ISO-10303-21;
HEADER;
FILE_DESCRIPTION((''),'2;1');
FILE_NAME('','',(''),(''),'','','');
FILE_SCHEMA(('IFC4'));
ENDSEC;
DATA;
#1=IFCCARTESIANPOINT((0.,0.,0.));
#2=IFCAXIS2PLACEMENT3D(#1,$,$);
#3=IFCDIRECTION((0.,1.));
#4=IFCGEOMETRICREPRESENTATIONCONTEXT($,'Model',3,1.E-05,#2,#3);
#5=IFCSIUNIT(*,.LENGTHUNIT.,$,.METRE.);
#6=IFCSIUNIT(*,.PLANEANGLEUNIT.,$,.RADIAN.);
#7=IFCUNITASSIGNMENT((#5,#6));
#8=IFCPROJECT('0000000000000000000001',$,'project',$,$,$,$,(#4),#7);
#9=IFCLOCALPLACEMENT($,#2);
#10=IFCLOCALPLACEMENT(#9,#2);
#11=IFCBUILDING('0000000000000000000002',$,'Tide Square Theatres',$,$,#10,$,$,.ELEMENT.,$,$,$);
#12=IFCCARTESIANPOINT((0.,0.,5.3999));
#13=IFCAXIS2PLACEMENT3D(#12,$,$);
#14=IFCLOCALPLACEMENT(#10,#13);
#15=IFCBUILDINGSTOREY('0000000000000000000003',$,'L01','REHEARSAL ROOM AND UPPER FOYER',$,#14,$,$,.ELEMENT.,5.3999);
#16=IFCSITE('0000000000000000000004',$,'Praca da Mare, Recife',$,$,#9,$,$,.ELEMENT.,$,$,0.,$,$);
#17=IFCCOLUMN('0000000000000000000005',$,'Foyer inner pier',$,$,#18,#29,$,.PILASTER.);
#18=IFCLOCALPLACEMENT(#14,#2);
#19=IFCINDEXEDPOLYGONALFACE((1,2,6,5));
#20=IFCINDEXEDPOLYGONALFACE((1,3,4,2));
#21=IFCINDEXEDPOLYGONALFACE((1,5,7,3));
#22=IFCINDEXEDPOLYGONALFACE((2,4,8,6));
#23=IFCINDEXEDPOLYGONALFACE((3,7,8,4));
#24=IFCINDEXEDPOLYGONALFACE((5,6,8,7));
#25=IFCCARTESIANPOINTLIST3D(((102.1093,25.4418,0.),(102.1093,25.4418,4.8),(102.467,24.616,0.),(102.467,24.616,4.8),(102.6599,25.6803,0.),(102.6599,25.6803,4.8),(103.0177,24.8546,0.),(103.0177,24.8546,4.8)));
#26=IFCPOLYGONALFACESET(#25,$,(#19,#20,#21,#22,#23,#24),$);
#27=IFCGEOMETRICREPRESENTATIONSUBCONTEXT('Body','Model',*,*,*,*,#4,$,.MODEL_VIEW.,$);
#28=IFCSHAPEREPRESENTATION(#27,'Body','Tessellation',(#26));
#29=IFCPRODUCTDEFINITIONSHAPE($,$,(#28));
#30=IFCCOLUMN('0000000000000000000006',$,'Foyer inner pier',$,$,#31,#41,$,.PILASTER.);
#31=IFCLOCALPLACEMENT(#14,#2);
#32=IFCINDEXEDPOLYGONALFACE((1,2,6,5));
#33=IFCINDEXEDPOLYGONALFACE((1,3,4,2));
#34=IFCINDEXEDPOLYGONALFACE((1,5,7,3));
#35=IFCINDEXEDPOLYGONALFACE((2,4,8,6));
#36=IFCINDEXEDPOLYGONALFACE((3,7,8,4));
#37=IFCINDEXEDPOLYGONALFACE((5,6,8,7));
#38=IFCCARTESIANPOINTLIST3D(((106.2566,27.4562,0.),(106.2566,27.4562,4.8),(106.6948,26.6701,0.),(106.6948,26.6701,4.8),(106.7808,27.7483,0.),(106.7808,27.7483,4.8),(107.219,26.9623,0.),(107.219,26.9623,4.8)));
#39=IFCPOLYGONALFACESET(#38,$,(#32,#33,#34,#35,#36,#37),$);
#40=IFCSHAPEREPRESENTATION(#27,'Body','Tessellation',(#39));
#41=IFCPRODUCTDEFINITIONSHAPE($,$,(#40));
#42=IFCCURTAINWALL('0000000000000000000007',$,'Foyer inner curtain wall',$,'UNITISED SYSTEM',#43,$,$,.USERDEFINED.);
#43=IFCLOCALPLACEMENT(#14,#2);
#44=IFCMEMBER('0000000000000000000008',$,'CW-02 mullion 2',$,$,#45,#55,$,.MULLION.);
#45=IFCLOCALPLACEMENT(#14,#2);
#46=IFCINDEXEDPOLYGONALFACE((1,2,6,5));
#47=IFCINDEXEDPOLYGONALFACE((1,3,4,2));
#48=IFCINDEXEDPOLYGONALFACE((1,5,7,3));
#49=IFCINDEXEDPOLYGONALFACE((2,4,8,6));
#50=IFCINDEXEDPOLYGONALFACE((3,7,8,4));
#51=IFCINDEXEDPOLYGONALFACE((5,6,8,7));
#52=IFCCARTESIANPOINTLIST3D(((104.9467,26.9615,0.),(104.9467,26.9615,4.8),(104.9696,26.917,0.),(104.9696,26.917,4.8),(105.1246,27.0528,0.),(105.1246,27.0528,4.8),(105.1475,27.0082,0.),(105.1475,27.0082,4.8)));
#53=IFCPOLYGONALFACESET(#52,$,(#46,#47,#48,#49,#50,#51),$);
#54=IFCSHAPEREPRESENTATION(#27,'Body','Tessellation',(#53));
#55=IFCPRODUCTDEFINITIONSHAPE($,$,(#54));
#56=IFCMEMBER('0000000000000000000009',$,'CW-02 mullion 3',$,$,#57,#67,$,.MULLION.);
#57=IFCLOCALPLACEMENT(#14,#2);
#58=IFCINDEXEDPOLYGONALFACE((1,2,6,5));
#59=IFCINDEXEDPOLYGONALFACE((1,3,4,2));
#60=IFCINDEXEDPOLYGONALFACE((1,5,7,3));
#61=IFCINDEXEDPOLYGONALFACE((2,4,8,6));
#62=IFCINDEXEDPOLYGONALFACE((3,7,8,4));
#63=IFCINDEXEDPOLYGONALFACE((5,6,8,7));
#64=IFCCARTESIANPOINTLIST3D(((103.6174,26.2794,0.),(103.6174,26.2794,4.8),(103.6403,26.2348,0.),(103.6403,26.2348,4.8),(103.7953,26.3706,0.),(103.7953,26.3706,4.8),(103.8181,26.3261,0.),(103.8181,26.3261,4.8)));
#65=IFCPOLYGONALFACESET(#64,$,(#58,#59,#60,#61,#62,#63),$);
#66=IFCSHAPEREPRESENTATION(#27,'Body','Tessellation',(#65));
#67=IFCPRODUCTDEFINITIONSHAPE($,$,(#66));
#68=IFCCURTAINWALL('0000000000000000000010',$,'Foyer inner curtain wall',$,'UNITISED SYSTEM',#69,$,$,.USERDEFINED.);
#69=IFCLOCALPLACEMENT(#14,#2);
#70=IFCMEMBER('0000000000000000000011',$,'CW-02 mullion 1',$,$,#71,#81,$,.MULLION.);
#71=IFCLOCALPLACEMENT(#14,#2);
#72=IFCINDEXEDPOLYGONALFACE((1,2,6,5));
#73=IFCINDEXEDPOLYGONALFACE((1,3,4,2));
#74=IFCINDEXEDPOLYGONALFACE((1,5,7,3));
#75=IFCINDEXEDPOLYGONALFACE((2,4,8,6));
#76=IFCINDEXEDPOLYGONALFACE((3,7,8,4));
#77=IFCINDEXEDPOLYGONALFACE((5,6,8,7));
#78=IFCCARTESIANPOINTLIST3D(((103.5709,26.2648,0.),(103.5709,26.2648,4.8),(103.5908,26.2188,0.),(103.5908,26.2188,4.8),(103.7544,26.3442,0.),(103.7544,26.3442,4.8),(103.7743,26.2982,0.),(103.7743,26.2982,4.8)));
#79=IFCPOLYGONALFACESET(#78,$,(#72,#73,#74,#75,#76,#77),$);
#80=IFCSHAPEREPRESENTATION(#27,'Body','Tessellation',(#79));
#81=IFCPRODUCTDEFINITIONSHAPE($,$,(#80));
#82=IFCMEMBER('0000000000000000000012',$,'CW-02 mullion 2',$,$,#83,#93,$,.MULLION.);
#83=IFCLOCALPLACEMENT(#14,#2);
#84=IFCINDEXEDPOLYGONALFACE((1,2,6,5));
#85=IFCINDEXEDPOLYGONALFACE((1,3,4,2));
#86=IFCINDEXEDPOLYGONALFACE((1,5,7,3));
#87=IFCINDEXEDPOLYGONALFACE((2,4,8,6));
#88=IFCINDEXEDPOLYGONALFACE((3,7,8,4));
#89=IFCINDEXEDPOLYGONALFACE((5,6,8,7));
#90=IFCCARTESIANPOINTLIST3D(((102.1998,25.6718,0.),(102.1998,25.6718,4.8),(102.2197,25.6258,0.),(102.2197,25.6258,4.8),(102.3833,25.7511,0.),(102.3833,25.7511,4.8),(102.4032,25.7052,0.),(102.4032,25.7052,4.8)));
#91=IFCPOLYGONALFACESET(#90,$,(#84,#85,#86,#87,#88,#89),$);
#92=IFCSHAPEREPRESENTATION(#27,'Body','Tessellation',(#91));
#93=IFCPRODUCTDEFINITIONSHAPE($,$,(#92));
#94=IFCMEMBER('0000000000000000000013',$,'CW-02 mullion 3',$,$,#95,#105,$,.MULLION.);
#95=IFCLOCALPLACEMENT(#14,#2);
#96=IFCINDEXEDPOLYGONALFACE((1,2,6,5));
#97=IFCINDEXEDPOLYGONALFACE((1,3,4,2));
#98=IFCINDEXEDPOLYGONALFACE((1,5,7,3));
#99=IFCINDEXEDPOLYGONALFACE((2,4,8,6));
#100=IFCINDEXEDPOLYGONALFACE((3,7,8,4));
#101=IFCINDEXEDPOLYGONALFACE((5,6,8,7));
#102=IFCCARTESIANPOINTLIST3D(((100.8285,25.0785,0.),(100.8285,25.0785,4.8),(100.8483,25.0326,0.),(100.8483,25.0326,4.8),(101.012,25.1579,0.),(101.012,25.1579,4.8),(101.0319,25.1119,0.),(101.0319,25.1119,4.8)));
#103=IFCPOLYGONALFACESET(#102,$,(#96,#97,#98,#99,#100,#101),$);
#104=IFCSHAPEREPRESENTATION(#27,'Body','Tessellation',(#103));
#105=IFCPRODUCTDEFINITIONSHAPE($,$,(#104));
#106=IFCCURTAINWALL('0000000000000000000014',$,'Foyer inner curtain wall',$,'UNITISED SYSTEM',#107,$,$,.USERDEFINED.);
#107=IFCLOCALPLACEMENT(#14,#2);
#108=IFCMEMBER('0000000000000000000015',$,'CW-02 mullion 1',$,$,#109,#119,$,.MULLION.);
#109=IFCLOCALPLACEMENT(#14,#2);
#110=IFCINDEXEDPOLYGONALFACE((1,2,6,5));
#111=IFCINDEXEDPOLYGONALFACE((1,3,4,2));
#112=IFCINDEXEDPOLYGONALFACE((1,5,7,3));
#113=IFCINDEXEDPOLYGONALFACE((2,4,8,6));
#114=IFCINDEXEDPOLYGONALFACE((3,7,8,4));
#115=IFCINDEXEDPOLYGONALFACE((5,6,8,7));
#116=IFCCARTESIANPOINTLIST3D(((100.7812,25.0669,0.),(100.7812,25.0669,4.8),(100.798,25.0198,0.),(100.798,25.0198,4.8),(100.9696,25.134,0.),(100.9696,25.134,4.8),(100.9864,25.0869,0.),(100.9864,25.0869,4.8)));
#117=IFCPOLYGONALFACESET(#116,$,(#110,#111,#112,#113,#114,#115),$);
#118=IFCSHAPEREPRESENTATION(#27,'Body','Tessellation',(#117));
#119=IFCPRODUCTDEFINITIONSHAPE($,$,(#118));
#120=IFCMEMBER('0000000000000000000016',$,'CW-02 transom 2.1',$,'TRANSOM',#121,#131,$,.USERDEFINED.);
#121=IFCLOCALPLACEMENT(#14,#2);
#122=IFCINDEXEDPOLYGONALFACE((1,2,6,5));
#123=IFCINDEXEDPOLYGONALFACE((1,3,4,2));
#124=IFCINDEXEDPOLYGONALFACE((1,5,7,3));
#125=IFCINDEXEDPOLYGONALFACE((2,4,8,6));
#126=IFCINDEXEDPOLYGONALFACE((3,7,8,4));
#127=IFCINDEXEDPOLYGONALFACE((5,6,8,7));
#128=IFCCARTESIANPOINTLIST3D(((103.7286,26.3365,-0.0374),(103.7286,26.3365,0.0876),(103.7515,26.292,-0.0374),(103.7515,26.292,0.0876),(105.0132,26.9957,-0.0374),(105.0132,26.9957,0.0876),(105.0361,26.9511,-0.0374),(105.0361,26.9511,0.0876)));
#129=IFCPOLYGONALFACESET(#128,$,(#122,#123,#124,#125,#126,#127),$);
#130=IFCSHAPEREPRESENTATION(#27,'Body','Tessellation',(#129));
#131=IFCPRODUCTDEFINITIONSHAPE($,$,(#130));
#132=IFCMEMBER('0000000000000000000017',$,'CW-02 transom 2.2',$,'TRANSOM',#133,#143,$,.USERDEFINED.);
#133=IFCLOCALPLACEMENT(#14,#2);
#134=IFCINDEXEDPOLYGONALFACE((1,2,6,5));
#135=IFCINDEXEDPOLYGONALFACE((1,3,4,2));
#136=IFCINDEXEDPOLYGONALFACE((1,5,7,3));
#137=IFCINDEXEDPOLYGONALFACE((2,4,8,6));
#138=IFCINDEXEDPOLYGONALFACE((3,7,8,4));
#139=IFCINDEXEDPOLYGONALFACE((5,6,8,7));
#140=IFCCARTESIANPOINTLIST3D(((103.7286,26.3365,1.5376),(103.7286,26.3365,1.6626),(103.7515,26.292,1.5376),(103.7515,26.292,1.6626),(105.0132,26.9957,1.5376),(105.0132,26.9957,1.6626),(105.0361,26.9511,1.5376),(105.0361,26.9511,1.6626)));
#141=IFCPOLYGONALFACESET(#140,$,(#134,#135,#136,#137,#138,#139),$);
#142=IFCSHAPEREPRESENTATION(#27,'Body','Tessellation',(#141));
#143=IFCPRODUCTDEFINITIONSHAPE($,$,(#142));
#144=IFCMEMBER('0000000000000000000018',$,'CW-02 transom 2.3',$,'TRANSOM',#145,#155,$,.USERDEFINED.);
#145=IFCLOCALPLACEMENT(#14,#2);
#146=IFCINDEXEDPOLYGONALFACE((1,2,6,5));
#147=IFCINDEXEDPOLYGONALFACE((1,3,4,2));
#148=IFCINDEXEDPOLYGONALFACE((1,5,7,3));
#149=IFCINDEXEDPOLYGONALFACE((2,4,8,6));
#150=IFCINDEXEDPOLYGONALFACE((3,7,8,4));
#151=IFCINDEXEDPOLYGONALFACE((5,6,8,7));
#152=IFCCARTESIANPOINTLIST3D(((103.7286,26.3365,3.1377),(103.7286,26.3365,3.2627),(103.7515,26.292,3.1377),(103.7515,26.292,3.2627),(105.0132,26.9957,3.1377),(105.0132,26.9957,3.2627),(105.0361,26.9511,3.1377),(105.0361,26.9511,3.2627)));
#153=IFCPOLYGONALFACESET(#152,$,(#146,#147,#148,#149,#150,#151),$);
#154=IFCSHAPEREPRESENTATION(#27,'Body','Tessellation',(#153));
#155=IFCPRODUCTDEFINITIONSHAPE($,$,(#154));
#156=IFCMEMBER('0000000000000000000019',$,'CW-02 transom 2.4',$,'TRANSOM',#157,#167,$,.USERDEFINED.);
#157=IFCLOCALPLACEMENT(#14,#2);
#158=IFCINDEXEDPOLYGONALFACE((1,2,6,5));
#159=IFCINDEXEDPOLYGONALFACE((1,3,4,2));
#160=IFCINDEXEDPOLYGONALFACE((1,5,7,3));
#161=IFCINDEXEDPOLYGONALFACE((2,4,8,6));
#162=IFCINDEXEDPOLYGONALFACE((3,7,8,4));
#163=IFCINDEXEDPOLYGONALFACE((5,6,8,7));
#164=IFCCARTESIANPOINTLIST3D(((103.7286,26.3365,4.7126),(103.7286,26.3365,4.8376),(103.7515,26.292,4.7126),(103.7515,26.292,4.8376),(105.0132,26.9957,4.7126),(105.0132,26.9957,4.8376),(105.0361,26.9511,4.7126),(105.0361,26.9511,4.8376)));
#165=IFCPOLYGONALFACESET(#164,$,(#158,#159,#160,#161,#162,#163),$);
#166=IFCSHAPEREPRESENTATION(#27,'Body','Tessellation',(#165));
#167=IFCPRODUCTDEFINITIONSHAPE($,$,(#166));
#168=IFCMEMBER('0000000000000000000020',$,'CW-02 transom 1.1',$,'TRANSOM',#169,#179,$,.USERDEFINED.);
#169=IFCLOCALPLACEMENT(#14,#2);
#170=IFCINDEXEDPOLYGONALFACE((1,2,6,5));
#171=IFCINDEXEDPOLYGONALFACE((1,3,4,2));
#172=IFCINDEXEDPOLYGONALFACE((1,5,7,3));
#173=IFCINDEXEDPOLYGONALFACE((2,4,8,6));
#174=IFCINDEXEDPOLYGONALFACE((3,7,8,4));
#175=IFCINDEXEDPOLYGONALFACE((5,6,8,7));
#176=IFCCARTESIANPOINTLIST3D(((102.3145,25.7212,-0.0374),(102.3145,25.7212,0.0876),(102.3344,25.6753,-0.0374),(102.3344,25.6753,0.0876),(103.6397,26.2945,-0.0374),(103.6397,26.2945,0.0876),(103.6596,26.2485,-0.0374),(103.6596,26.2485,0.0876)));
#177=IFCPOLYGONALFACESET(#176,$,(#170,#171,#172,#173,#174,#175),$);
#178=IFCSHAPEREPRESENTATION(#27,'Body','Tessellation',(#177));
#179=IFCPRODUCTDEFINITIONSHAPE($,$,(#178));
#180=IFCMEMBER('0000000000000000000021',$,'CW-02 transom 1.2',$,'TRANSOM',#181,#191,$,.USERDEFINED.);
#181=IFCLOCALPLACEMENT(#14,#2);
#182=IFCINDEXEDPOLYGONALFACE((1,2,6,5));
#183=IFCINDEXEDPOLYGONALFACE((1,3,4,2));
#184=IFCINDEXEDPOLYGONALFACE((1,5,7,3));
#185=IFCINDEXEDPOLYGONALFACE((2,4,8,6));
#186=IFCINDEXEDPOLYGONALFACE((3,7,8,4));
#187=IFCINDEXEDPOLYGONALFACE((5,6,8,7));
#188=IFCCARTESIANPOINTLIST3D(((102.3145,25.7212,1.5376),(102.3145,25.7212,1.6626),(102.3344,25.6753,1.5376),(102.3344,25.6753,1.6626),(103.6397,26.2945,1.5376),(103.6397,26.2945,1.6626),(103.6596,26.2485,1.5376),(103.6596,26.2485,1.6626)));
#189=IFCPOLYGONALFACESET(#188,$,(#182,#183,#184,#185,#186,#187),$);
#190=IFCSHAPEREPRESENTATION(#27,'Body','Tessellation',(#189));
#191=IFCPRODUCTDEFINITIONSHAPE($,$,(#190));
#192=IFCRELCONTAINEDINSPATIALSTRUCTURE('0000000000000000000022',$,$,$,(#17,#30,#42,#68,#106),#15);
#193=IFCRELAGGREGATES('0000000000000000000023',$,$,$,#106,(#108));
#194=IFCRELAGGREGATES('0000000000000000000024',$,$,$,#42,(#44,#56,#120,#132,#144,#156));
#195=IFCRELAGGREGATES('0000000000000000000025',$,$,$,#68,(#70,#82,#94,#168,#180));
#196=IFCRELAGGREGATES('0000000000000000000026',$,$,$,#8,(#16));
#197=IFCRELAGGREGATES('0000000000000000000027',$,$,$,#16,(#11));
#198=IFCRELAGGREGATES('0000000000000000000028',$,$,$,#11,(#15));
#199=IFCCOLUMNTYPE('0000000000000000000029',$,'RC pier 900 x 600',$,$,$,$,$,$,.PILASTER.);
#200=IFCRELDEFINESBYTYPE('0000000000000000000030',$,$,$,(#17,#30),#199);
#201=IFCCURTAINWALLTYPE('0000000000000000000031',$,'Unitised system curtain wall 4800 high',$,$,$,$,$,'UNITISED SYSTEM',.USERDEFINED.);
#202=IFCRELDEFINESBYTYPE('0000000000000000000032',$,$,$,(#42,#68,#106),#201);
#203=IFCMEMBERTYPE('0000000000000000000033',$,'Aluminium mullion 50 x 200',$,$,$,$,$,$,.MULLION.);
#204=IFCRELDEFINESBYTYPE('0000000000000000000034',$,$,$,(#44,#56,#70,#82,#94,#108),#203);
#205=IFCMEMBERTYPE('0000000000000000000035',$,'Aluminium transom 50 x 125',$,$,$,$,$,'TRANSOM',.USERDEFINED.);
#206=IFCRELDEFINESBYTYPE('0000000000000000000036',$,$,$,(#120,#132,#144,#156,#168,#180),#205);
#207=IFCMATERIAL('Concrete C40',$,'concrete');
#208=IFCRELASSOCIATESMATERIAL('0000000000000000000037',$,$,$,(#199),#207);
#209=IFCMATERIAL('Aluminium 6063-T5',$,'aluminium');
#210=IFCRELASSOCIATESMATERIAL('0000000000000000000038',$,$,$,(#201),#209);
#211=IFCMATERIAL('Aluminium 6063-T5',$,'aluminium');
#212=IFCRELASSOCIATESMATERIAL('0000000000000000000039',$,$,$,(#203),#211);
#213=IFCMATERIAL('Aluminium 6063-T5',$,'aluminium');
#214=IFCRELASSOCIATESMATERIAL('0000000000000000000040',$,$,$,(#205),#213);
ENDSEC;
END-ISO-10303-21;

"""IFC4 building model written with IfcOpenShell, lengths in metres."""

from ifc_helpers import new_model, si_unit, direction, frame, origin, origin_2d, place, context, subcontext, project, spatial, rectangle, extrude, material, material_profile, profile_set, type_object, element, aggregate, save


model = new_model("IFC4")

# Units and contexts
model_context = context("Model", 3, precision=1e-05, world=origin(), true_north=direction((0.0, 1.0)))
body_context = subcontext(model_context, "Body", "Model", "MODEL_VIEW")
ifc_project = project(units=[si_unit("LENGTHUNIT", "METRE"), si_unit("PLANEANGLEUNIT", "RADIAN")], contexts=[model_context])

# Site, building, storey
site_placement = place(None, origin())
site = spatial("IfcSite", under=ifc_project, at=site_placement, Name="Praca da Mare, Recife", CompositionType="ELEMENT", RefElevation=0.0)
building_placement = place(site_placement, origin())
building = spatial("IfcBuilding", under=site, at=building_placement, Name="Tide Square Theatres", CompositionType="ELEMENT")
storey_placement = place(building_placement, frame((0.0, 0.0, 5.3999)))
storey = spatial("IfcBuildingStorey", under=building, at=storey_placement, Name="L01", Description="REHEARSAL ROOM AND UPPER FOYER", CompositionType="ELEMENT", Elevation=5.3999)

# Columns
ifc_material_1 = material(Name="Concrete C40", Category="concrete")
ifc_material_profile_1 = material_profile(ifc_material_1, rectangle(XDim=0.8999, YDim=0.6001, at=origin_2d()))
ifc_profile_set_1 = profile_set([ifc_material_profile_1], Name="Concrete C40")
column_type = type_object("IfcColumnType", Name="RC pier 900 x 600", PredefinedType="PILASTER", material=ifc_profile_set_1)
for number, where, z_axis, x_axis, name in (
    (1, (102.5635, 25.1482, 0.0), (0.0, 0.0, 1.0), (0.397505, -0.9176, 0.0), "Foyer inner pier"),
    (2, (106.7378, 27.2092, 0.0), (0.0, 0.0, 1.0), (0.486889, -0.873464, 0.0), "Foyer inner pier"),
):
    element("IfcColumn", number, at=place(storey_placement, frame(where, z_axis=z_axis, x_axis=x_axis)), inside=storey, type_object=column_type, Name=name, PredefinedType="PILASTER", context=body_context, shape_type="SweptSolid", body=[
        extrude(rectangle(XDim=0.8999, YDim=0.6001, at=origin_2d()), origin(), (0.0, 0.0, 1.0), 4.8),
    ])

# Curtain walls, members
ifc_material_2 = material(Name="Aluminium 6063-T5", Category="aluminium")
curtain_wall_type = type_object("IfcCurtainWallType", Name="Unitised system curtain wall 4800 high", ElementType="UNITISED SYSTEM", PredefinedType="USERDEFINED", material=ifc_material_2)
curtain_wall_1_placement = place(storey_placement, origin())
curtain_wall_1 = element("IfcCurtainWall", 3, at=curtain_wall_1_placement, inside=storey, type_object=curtain_wall_type, Name="Foyer inner curtain wall", ObjectType="UNITISED SYSTEM", PredefinedType="USERDEFINED")
ifc_material_3 = material(Name="Aluminium 6063-T5", Category="aluminium")
ifc_material_profile_2 = material_profile(ifc_material_3, rectangle(XDim=0.05, YDim=0.2, at=origin_2d()))
ifc_profile_set_2 = profile_set([ifc_material_profile_2], Name="Aluminium 6063-T5")
member_type_1 = type_object("IfcMemberType", Name="Aluminium mullion 50 x 200", PredefinedType="MULLION", material=ifc_profile_set_2)
member_1_placement = place(storey_placement, frame((105.0471, 26.9849, 0.0), z_axis=(0.0, 0.0, 1.0), x_axis=(0.456564, -0.889691, 0.0)))
member_1 = element("IfcMember", 4, at=member_1_placement, type_object=member_type_1, Name="CW-02 mullion 2", PredefinedType="MULLION", context=body_context, shape_type="SweptSolid", body=[
    extrude(rectangle(XDim=0.05, YDim=0.2, at=origin_2d()), origin(), (0.0, 0.0, 1.0), 4.8),
])
member_2_placement = place(storey_placement, frame((103.7178, 26.3027, 0.0), z_axis=(0.0, 0.0, 1.0), x_axis=(0.456564, -0.889691, 0.0)))
member_2 = element("IfcMember", 5, at=member_2_placement, type_object=member_type_1, Name="CW-02 mullion 3", PredefinedType="MULLION", context=body_context, shape_type="SweptSolid", body=[
    extrude(rectangle(XDim=0.05, YDim=0.2, at=origin_2d()), origin(), (0.0, 0.0, 1.0), 4.8),
])
curtain_wall_2_placement = place(storey_placement, origin())
curtain_wall_2 = element("IfcCurtainWall", 6, at=curtain_wall_2_placement, inside=storey, type_object=curtain_wall_type, Name="Foyer inner curtain wall", ObjectType="UNITISED SYSTEM", PredefinedType="USERDEFINED")
member_3_placement = place(storey_placement, frame((103.6726, 26.2815, 0.0), z_axis=(0.0, 0.0, 1.0), x_axis=(0.39698, -0.917827, 0.0)))
member_3 = element("IfcMember", 7, at=member_3_placement, type_object=member_type_1, Name="CW-02 mullion 1", PredefinedType="MULLION", context=body_context, shape_type="SweptSolid", body=[
    extrude(rectangle(XDim=0.05, YDim=0.2, at=origin_2d()), origin(), (0.0, 0.0, 1.0), 4.8),
])
member_4_placement = place(storey_placement, frame((102.3015, 25.6885, 0.0), z_axis=(0.0, 0.0, 1.0), x_axis=(0.39698, -0.917827, 0.0)))
member_4 = element("IfcMember", 8, at=member_4_placement, type_object=member_type_1, Name="CW-02 mullion 2", PredefinedType="MULLION", context=body_context, shape_type="SweptSolid", body=[
    extrude(rectangle(XDim=0.05, YDim=0.2, at=origin_2d()), origin(), (0.0, 0.0, 1.0), 4.8),
])
member_5_placement = place(storey_placement, frame((100.9302, 25.0952, 0.0), z_axis=(0.0, 0.0, 1.0), x_axis=(0.39698, -0.917827, 0.0)))
member_5 = element("IfcMember", 9, at=member_5_placement, type_object=member_type_1, Name="CW-02 mullion 3", PredefinedType="MULLION", context=body_context, shape_type="SweptSolid", body=[
    extrude(rectangle(XDim=0.05, YDim=0.2, at=origin_2d()), origin(), (0.0, 0.0, 1.0), 4.8),
])

# Curtain wall, member
curtain_wall_3_placement = place(storey_placement, origin())
curtain_wall_3 = element("IfcCurtainWall", 10, at=curtain_wall_3_placement, inside=storey, type_object=curtain_wall_type, Name="Foyer inner curtain wall", ObjectType="UNITISED SYSTEM", PredefinedType="USERDEFINED")
member_6_placement = place(storey_placement, frame((100.8838, 25.0769, 0.0), z_axis=(0.0, 0.0, 1.0), x_axis=(0.335723, -0.941961, 0.0)))
member_6 = element("IfcMember", 11, at=member_6_placement, type_object=member_type_1, Name="CW-02 mullion 1", PredefinedType="MULLION", context=body_context, shape_type="SweptSolid", body=[
    extrude(rectangle(XDim=0.05, YDim=0.2, at=origin_2d()), origin(), (0.0, 0.0, 1.0), 4.8),
])

# Members
ifc_material_4 = material(Name="Aluminium 6063-T5", Category="aluminium")
ifc_material_profile_3 = material_profile(ifc_material_4, rectangle(XDim=0.05, YDim=0.125, at=origin_2d()))
ifc_profile_set_3 = profile_set([ifc_material_profile_3], Name="Aluminium 6063-T5")
member_type_2 = type_object("IfcMemberType", Name="Aluminium transom 50 x 125", ElementType="TRANSOM", PredefinedType="USERDEFINED", material=ifc_profile_set_3)
member_7_placement = place(storey_placement, frame((105.0247, 26.9734, 0.0251), z_axis=(-0.889712, -0.456523, 0.0), x_axis=(0.456523, -0.889712, 0.0)))
member_7 = element("IfcMember", 12, at=member_7_placement, type_object=member_type_2, Name="CW-02 transom 2.1", ObjectType="TRANSOM", PredefinedType="USERDEFINED", context=body_context, shape_type="SweptSolid", body=[
    extrude(rectangle(XDim=0.05, YDim=0.125, at=origin_2d()), origin(), (0.0, 0.0, 1.0), 1.4438),
])
member_8_placement = place(storey_placement, frame((105.0247, 26.9734, 1.6001), z_axis=(-0.889712, -0.456523, 0.0), x_axis=(0.456523, -0.889712, 0.0)))
member_8 = element("IfcMember", 13, at=member_8_placement, type_object=member_type_2, Name="CW-02 transom 2.2", ObjectType="TRANSOM", PredefinedType="USERDEFINED", context=body_context, shape_type="SweptSolid", body=[
    extrude(rectangle(XDim=0.05, YDim=0.125, at=origin_2d()), origin(), (0.0, 0.0, 1.0), 1.4438),
])
member_9_placement = place(storey_placement, frame((105.0247, 26.9734, 3.2002), z_axis=(-0.889712, -0.456523, 0.0), x_axis=(0.456523, -0.889712, 0.0)))
member_9 = element("IfcMember", 14, at=member_9_placement, type_object=member_type_2, Name="CW-02 transom 2.3", ObjectType="TRANSOM", PredefinedType="USERDEFINED", context=body_context, shape_type="SweptSolid", body=[
    extrude(rectangle(XDim=0.05, YDim=0.125, at=origin_2d()), origin(), (0.0, 0.0, 1.0), 1.4438),
])
member_10_placement = place(storey_placement, frame((105.0247, 26.9734, 4.7751), z_axis=(-0.889712, -0.456523, 0.0), x_axis=(0.456523, -0.889712, 0.0)))
member_10 = element("IfcMember", 15, at=member_10_placement, type_object=member_type_2, Name="CW-02 transom 2.4", ObjectType="TRANSOM", PredefinedType="USERDEFINED", context=body_context, shape_type="SweptSolid", body=[
    extrude(rectangle(XDim=0.05, YDim=0.125, at=origin_2d()), origin(), (0.0, 0.0, 1.0), 1.4438),
])
member_11_placement = place(storey_placement, frame((103.6497, 26.2715, 0.0251), z_axis=(-0.91781, -0.397019, 0.0), x_axis=(0.397019, -0.91781, 0.0)))
member_11 = element("IfcMember", 16, at=member_11_placement, type_object=member_type_2, Name="CW-02 transom 1.1", ObjectType="TRANSOM", PredefinedType="USERDEFINED", context=body_context, shape_type="SweptSolid", body=[
    extrude(rectangle(XDim=0.05, YDim=0.125, at=origin_2d()), origin(), (0.0, 0.0, 1.0), 1.4438),
])
member_12_placement = place(storey_placement, frame((103.6497, 26.2715, 1.6001), z_axis=(-0.91781, -0.397019, 0.0), x_axis=(0.397019, -0.91781, 0.0)))
member_12 = element("IfcMember", 17, at=member_12_placement, type_object=member_type_2, Name="CW-02 transom 1.2", ObjectType="TRANSOM", PredefinedType="USERDEFINED", context=body_context, shape_type="SweptSolid", body=[
    extrude(rectangle(XDim=0.05, YDim=0.125, at=origin_2d()), origin(), (0.0, 0.0, 1.0), 1.4438),
])
aggregate(curtain_wall_3, [member_6])

aggregate(curtain_wall_1, [member_1, member_2, member_7, member_8, member_9, member_10])
aggregate(curtain_wall_2, [member_3, member_4, member_5, member_11, member_12])

save(model, "model.ifc")
